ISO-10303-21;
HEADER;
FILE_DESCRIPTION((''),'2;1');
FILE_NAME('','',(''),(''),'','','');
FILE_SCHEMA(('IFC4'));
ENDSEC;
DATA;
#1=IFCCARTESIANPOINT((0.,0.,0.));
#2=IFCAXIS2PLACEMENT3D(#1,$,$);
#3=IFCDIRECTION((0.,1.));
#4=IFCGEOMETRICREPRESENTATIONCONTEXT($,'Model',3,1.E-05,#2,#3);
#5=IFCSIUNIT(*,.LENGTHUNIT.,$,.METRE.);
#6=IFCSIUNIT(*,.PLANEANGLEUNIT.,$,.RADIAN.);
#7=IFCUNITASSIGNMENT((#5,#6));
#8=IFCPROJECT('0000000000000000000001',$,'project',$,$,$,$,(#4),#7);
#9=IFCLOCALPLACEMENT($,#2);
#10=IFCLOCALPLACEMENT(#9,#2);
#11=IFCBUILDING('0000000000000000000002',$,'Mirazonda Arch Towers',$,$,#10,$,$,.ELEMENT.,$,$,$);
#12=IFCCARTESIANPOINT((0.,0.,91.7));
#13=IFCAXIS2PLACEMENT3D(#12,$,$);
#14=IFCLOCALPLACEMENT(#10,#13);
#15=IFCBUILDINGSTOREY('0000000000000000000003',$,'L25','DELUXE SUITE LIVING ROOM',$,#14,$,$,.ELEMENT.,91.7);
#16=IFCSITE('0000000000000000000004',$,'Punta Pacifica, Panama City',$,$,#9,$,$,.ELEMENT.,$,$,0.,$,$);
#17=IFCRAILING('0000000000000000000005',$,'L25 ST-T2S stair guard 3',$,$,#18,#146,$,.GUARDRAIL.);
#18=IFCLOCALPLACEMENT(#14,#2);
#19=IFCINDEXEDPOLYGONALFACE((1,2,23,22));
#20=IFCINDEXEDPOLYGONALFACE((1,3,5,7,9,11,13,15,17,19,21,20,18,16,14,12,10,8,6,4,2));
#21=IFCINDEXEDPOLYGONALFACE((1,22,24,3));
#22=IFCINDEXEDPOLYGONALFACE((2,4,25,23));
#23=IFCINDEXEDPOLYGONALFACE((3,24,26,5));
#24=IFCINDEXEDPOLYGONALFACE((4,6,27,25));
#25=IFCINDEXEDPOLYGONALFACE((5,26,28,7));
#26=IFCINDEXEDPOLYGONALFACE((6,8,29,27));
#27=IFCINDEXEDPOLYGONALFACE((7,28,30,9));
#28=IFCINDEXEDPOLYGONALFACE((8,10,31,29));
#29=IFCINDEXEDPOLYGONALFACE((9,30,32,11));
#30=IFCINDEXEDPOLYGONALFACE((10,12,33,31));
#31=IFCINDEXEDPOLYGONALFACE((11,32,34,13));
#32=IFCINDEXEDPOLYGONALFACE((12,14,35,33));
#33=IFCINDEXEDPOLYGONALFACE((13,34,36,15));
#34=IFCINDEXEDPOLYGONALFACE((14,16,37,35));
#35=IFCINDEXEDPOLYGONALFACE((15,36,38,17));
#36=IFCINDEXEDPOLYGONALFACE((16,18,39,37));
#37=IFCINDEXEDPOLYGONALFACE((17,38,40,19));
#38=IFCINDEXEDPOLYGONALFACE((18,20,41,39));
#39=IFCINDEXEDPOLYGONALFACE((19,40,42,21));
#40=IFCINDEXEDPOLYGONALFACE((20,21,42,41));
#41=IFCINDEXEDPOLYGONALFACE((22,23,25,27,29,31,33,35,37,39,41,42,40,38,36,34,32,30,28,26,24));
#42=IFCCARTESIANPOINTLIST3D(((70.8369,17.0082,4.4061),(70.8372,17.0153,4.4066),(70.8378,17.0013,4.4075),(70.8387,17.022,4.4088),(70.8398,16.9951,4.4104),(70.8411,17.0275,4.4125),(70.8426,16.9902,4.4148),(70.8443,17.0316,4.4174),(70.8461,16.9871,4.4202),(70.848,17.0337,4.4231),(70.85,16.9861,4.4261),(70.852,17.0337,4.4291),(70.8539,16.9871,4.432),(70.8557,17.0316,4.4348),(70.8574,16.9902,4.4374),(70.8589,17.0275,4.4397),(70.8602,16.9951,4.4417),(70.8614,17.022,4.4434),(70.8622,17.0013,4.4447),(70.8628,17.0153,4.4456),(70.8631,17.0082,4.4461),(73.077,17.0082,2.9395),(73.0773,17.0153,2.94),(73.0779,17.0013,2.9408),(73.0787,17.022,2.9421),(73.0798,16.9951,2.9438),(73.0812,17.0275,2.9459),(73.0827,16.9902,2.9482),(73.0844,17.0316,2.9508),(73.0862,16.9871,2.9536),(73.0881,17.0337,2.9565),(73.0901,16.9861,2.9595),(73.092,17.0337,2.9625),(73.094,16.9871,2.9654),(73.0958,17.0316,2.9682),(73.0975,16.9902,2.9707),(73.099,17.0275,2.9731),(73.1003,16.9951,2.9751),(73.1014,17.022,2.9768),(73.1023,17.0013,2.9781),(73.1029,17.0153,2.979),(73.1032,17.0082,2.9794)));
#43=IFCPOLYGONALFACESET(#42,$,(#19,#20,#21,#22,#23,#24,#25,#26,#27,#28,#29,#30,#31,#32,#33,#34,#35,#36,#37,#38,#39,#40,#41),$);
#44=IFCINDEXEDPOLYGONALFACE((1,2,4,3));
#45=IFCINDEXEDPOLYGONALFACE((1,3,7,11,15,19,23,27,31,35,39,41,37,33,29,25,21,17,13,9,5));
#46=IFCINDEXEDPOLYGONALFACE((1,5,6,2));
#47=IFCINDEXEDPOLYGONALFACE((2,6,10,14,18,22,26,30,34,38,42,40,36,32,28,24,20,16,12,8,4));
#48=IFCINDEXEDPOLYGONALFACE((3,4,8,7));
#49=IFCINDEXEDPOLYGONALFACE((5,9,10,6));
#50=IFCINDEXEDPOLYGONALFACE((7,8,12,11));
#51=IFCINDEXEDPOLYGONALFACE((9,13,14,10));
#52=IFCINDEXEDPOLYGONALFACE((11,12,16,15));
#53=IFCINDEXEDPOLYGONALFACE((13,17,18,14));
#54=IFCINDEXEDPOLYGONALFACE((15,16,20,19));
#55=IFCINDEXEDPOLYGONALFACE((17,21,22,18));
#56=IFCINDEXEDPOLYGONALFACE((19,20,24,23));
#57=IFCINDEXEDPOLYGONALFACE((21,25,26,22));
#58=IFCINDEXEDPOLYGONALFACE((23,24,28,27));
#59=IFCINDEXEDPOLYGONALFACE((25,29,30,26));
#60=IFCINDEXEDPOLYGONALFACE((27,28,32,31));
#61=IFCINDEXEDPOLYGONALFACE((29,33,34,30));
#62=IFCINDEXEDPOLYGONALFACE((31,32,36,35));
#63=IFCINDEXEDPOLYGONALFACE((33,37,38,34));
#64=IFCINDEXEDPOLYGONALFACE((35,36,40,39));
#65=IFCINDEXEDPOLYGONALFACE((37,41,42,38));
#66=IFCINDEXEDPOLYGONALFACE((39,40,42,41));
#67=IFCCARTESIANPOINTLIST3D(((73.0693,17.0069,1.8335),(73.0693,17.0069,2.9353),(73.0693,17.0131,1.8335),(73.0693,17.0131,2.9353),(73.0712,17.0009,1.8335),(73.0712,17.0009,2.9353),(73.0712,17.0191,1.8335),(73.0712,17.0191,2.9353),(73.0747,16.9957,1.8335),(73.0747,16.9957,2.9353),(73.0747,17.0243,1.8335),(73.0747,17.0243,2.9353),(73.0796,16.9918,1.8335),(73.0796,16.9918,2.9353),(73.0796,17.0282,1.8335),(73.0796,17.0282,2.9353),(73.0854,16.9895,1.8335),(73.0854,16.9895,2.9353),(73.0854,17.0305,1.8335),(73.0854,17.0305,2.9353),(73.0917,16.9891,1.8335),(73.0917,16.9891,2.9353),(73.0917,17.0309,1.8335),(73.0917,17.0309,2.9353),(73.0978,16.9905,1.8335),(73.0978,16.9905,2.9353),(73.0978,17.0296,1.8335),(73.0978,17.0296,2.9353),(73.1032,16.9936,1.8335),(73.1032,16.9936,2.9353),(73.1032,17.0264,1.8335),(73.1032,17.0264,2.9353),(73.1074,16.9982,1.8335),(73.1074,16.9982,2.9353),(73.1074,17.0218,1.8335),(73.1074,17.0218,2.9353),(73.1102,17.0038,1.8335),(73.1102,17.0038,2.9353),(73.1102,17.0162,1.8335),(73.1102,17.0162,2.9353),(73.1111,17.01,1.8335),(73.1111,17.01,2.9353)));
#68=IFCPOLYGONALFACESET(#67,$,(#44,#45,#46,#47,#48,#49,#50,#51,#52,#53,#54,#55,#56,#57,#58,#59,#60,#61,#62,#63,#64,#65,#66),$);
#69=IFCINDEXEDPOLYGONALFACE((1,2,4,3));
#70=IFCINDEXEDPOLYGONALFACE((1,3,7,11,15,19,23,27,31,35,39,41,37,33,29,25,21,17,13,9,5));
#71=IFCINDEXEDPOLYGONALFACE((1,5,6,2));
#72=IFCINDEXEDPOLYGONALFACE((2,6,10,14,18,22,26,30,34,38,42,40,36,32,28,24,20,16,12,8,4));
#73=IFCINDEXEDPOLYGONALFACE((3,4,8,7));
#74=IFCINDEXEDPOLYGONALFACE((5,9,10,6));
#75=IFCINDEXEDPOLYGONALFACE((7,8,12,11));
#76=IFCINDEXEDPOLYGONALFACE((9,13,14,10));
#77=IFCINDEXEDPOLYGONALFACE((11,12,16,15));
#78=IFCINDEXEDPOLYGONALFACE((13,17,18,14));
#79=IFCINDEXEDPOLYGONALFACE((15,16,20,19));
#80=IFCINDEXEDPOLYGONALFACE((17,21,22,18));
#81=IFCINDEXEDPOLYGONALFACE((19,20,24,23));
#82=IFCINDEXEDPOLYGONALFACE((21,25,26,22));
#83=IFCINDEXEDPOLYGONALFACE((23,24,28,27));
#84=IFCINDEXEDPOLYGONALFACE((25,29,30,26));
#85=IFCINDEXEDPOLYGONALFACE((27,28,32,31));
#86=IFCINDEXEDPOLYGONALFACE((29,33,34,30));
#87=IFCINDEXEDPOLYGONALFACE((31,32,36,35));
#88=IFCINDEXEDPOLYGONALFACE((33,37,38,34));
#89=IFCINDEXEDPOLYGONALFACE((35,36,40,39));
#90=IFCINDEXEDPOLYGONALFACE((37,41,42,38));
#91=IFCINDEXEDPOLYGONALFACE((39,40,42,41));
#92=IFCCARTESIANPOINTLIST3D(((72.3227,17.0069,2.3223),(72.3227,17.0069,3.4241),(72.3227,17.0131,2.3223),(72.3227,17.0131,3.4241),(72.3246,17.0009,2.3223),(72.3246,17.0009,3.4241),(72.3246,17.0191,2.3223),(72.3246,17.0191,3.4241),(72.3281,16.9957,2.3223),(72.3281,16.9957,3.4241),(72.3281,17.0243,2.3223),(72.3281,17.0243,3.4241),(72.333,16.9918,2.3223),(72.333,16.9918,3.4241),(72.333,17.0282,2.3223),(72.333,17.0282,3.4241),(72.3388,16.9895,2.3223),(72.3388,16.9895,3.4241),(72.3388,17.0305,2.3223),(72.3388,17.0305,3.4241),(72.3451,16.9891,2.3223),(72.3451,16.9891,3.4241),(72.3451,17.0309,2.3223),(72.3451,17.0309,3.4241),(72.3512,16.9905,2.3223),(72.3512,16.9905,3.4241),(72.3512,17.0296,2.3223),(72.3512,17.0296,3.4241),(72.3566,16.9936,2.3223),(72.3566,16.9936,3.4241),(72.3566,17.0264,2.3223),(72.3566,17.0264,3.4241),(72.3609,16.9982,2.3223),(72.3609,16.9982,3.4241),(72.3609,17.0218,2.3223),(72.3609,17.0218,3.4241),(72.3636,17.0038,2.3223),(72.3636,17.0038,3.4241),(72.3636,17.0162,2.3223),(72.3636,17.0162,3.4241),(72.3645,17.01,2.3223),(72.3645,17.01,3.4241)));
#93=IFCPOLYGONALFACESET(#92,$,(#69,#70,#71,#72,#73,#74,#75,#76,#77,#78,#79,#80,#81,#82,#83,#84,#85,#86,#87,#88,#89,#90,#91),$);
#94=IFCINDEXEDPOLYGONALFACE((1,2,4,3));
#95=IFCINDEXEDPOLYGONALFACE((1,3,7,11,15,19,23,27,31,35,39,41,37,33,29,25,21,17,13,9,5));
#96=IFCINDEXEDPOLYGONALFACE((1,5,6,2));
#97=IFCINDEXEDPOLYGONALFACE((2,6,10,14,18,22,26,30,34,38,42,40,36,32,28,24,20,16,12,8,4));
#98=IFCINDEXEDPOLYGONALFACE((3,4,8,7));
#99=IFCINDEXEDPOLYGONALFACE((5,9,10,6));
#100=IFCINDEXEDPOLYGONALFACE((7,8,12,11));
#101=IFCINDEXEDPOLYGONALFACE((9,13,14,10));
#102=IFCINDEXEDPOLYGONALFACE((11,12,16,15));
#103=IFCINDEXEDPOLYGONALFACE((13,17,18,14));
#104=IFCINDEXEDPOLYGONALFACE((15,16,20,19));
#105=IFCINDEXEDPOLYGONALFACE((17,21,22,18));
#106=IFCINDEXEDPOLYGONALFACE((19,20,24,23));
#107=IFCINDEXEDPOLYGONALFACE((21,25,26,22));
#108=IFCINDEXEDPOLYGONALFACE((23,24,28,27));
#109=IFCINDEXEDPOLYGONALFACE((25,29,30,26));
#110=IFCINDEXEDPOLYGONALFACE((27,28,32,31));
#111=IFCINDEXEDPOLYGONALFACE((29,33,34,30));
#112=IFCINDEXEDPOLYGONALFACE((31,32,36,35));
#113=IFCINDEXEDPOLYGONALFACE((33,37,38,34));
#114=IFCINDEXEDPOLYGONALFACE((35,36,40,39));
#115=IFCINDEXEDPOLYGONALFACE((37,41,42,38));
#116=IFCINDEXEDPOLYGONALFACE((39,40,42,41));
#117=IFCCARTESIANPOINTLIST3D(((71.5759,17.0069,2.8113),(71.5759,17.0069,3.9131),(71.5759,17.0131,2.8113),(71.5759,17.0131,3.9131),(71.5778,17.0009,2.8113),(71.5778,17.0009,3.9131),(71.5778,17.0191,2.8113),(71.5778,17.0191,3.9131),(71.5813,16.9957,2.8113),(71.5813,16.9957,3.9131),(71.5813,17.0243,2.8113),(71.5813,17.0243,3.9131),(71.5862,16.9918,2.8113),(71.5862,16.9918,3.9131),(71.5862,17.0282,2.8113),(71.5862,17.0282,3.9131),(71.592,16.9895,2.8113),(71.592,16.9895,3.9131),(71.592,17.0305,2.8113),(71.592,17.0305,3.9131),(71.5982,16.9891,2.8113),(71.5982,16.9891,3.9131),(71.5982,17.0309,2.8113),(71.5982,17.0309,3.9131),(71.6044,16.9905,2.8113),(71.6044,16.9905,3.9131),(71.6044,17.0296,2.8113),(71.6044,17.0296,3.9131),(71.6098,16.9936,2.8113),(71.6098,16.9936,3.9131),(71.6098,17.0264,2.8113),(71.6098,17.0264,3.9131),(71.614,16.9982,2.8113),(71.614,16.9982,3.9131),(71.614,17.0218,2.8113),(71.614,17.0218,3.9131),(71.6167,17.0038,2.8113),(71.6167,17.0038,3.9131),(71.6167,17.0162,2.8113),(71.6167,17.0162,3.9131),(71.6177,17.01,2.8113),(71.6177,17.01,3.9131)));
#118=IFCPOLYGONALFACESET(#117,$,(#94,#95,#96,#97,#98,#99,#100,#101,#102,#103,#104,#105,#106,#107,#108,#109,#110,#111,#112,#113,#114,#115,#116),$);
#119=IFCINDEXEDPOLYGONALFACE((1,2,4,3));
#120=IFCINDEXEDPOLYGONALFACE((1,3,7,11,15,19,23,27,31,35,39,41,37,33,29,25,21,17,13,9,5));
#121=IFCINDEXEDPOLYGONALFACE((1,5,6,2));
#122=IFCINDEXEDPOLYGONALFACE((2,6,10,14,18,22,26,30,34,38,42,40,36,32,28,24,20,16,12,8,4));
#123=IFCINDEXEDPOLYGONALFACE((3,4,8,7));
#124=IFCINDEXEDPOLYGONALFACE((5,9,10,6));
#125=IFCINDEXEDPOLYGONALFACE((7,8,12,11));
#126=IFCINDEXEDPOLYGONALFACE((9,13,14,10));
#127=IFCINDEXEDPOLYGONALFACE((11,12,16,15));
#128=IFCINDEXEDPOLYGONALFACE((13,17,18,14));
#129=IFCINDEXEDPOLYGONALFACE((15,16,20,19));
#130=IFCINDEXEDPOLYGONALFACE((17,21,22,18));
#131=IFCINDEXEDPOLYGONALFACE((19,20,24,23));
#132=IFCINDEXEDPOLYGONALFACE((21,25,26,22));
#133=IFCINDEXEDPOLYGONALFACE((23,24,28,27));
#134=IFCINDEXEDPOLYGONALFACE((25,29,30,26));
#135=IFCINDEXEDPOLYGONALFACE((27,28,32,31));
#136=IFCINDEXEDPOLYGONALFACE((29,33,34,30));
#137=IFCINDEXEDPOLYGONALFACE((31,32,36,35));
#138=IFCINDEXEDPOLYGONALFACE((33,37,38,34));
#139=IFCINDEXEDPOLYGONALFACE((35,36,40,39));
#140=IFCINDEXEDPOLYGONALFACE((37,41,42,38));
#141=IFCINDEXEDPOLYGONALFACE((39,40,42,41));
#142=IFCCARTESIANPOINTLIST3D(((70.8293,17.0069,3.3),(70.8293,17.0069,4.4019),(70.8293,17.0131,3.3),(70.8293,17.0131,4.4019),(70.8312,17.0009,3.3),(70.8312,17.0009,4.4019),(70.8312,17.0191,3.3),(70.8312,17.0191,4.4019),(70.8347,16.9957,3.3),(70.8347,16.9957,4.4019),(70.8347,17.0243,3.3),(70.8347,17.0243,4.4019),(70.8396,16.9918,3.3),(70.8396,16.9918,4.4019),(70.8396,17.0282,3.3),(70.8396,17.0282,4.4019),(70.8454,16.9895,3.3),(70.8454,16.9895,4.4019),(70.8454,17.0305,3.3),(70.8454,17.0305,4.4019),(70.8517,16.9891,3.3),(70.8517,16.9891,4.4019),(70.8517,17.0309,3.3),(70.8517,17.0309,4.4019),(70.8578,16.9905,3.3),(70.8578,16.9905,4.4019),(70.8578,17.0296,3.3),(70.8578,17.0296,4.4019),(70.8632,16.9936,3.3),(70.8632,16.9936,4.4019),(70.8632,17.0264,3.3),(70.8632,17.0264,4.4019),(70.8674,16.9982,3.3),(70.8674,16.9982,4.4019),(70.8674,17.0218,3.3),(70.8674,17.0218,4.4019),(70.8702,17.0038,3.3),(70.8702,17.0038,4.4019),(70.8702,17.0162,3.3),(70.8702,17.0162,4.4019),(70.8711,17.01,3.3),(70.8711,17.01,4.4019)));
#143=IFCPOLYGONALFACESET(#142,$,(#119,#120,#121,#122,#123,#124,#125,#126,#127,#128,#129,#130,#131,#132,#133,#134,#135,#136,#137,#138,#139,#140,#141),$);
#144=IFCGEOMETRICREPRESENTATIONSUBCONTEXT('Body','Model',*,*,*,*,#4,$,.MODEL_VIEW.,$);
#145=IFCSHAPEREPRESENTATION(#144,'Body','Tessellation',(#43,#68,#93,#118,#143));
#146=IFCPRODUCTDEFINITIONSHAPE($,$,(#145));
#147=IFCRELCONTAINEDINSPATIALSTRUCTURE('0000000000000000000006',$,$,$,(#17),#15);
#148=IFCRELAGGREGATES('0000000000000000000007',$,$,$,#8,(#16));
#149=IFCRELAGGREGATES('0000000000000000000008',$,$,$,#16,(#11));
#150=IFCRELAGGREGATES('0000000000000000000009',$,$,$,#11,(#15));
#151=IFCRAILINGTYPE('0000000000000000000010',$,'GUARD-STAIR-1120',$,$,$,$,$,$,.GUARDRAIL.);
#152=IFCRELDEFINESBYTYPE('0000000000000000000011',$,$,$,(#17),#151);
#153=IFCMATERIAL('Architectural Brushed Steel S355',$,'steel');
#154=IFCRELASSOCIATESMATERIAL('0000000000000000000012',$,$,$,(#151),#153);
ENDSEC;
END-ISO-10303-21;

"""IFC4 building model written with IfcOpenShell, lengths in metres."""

from ifc_helpers import new_model, si_unit, direction, frame, origin, origin_2d, place, context, subcontext, project, spatial, circle, extrude, material, type_object, element, save


model = new_model("IFC4")

# Units and contexts
model_context = context("Model", 3, precision=1e-05, world=origin(), true_north=direction((0.0, 1.0)))
body_context = subcontext(model_context, "Body", "Model", "MODEL_VIEW")
ifc_project = project(units=[si_unit("LENGTHUNIT", "METRE"), si_unit("PLANEANGLEUNIT", "RADIAN")], contexts=[model_context])

# Site, building, storey
site_placement = place(None, origin())
site = spatial("IfcSite", under=ifc_project, at=site_placement, Name="Punta Pacifica, Panama City", CompositionType="ELEMENT", RefElevation=0.0)
building_placement = place(site_placement, origin())
building = spatial("IfcBuilding", under=site, at=building_placement, Name="Mirazonda Arch Towers", CompositionType="ELEMENT")
storey_placement = place(building_placement, frame((0.0, 0.0, 91.7)))
storey = spatial("IfcBuildingStorey", under=building, at=storey_placement, Name="L25", Description="DELUXE SUITE LIVING ROOM", CompositionType="ELEMENT", Elevation=91.7)

# Shared definitions
ifc_material_1 = material(Name="Architectural Brushed Steel S355", Category="steel")

# Railing
railing_type_1 = type_object("IfcRailingType", Name="GUARD-STAIR-1120", PredefinedType="GUARDRAIL", material=ifc_material_1)
railing_1_placement = place(storey_placement, frame((73.0901, 17.01, 1.8335)))
element("IfcRailing", 1, at=railing_1_placement, inside=storey, type_object=railing_type_1, Name="L25 ST-T2S stair guard 3", PredefinedType="GUARDRAIL", context=body_context, shape_type="SweptSolid", body=[
    extrude(circle(Radius=0.0239, at=origin_2d()), frame((0.0, 0.0, 1.126), z_axis=(-0.836637, 0.0, 0.547758), x_axis=(0.0, -1.0, 0.0)), (0.0, 0.0, 1.0), 2.6775),
    extrude(circle(Radius=0.021, at=origin_2d()), origin(), (0.0, 0.0, 1.0), 1.1018),
    extrude(circle(Radius=0.021, at=origin_2d()), frame((-0.7466, 0.0, 0.4888)), (0.0, 0.0, 1.0), 1.1018),
    extrude(circle(Radius=0.021, at=origin_2d()), frame((-1.4934, 0.0, 0.9778)), (0.0, 0.0, 1.0), 1.1018),
    extrude(circle(Radius=0.021, at=origin_2d()), frame((-2.24, 0.0, 1.4666)), (0.0, 0.0, 1.0), 1.1018),
])

save(model, "model.ifc")
